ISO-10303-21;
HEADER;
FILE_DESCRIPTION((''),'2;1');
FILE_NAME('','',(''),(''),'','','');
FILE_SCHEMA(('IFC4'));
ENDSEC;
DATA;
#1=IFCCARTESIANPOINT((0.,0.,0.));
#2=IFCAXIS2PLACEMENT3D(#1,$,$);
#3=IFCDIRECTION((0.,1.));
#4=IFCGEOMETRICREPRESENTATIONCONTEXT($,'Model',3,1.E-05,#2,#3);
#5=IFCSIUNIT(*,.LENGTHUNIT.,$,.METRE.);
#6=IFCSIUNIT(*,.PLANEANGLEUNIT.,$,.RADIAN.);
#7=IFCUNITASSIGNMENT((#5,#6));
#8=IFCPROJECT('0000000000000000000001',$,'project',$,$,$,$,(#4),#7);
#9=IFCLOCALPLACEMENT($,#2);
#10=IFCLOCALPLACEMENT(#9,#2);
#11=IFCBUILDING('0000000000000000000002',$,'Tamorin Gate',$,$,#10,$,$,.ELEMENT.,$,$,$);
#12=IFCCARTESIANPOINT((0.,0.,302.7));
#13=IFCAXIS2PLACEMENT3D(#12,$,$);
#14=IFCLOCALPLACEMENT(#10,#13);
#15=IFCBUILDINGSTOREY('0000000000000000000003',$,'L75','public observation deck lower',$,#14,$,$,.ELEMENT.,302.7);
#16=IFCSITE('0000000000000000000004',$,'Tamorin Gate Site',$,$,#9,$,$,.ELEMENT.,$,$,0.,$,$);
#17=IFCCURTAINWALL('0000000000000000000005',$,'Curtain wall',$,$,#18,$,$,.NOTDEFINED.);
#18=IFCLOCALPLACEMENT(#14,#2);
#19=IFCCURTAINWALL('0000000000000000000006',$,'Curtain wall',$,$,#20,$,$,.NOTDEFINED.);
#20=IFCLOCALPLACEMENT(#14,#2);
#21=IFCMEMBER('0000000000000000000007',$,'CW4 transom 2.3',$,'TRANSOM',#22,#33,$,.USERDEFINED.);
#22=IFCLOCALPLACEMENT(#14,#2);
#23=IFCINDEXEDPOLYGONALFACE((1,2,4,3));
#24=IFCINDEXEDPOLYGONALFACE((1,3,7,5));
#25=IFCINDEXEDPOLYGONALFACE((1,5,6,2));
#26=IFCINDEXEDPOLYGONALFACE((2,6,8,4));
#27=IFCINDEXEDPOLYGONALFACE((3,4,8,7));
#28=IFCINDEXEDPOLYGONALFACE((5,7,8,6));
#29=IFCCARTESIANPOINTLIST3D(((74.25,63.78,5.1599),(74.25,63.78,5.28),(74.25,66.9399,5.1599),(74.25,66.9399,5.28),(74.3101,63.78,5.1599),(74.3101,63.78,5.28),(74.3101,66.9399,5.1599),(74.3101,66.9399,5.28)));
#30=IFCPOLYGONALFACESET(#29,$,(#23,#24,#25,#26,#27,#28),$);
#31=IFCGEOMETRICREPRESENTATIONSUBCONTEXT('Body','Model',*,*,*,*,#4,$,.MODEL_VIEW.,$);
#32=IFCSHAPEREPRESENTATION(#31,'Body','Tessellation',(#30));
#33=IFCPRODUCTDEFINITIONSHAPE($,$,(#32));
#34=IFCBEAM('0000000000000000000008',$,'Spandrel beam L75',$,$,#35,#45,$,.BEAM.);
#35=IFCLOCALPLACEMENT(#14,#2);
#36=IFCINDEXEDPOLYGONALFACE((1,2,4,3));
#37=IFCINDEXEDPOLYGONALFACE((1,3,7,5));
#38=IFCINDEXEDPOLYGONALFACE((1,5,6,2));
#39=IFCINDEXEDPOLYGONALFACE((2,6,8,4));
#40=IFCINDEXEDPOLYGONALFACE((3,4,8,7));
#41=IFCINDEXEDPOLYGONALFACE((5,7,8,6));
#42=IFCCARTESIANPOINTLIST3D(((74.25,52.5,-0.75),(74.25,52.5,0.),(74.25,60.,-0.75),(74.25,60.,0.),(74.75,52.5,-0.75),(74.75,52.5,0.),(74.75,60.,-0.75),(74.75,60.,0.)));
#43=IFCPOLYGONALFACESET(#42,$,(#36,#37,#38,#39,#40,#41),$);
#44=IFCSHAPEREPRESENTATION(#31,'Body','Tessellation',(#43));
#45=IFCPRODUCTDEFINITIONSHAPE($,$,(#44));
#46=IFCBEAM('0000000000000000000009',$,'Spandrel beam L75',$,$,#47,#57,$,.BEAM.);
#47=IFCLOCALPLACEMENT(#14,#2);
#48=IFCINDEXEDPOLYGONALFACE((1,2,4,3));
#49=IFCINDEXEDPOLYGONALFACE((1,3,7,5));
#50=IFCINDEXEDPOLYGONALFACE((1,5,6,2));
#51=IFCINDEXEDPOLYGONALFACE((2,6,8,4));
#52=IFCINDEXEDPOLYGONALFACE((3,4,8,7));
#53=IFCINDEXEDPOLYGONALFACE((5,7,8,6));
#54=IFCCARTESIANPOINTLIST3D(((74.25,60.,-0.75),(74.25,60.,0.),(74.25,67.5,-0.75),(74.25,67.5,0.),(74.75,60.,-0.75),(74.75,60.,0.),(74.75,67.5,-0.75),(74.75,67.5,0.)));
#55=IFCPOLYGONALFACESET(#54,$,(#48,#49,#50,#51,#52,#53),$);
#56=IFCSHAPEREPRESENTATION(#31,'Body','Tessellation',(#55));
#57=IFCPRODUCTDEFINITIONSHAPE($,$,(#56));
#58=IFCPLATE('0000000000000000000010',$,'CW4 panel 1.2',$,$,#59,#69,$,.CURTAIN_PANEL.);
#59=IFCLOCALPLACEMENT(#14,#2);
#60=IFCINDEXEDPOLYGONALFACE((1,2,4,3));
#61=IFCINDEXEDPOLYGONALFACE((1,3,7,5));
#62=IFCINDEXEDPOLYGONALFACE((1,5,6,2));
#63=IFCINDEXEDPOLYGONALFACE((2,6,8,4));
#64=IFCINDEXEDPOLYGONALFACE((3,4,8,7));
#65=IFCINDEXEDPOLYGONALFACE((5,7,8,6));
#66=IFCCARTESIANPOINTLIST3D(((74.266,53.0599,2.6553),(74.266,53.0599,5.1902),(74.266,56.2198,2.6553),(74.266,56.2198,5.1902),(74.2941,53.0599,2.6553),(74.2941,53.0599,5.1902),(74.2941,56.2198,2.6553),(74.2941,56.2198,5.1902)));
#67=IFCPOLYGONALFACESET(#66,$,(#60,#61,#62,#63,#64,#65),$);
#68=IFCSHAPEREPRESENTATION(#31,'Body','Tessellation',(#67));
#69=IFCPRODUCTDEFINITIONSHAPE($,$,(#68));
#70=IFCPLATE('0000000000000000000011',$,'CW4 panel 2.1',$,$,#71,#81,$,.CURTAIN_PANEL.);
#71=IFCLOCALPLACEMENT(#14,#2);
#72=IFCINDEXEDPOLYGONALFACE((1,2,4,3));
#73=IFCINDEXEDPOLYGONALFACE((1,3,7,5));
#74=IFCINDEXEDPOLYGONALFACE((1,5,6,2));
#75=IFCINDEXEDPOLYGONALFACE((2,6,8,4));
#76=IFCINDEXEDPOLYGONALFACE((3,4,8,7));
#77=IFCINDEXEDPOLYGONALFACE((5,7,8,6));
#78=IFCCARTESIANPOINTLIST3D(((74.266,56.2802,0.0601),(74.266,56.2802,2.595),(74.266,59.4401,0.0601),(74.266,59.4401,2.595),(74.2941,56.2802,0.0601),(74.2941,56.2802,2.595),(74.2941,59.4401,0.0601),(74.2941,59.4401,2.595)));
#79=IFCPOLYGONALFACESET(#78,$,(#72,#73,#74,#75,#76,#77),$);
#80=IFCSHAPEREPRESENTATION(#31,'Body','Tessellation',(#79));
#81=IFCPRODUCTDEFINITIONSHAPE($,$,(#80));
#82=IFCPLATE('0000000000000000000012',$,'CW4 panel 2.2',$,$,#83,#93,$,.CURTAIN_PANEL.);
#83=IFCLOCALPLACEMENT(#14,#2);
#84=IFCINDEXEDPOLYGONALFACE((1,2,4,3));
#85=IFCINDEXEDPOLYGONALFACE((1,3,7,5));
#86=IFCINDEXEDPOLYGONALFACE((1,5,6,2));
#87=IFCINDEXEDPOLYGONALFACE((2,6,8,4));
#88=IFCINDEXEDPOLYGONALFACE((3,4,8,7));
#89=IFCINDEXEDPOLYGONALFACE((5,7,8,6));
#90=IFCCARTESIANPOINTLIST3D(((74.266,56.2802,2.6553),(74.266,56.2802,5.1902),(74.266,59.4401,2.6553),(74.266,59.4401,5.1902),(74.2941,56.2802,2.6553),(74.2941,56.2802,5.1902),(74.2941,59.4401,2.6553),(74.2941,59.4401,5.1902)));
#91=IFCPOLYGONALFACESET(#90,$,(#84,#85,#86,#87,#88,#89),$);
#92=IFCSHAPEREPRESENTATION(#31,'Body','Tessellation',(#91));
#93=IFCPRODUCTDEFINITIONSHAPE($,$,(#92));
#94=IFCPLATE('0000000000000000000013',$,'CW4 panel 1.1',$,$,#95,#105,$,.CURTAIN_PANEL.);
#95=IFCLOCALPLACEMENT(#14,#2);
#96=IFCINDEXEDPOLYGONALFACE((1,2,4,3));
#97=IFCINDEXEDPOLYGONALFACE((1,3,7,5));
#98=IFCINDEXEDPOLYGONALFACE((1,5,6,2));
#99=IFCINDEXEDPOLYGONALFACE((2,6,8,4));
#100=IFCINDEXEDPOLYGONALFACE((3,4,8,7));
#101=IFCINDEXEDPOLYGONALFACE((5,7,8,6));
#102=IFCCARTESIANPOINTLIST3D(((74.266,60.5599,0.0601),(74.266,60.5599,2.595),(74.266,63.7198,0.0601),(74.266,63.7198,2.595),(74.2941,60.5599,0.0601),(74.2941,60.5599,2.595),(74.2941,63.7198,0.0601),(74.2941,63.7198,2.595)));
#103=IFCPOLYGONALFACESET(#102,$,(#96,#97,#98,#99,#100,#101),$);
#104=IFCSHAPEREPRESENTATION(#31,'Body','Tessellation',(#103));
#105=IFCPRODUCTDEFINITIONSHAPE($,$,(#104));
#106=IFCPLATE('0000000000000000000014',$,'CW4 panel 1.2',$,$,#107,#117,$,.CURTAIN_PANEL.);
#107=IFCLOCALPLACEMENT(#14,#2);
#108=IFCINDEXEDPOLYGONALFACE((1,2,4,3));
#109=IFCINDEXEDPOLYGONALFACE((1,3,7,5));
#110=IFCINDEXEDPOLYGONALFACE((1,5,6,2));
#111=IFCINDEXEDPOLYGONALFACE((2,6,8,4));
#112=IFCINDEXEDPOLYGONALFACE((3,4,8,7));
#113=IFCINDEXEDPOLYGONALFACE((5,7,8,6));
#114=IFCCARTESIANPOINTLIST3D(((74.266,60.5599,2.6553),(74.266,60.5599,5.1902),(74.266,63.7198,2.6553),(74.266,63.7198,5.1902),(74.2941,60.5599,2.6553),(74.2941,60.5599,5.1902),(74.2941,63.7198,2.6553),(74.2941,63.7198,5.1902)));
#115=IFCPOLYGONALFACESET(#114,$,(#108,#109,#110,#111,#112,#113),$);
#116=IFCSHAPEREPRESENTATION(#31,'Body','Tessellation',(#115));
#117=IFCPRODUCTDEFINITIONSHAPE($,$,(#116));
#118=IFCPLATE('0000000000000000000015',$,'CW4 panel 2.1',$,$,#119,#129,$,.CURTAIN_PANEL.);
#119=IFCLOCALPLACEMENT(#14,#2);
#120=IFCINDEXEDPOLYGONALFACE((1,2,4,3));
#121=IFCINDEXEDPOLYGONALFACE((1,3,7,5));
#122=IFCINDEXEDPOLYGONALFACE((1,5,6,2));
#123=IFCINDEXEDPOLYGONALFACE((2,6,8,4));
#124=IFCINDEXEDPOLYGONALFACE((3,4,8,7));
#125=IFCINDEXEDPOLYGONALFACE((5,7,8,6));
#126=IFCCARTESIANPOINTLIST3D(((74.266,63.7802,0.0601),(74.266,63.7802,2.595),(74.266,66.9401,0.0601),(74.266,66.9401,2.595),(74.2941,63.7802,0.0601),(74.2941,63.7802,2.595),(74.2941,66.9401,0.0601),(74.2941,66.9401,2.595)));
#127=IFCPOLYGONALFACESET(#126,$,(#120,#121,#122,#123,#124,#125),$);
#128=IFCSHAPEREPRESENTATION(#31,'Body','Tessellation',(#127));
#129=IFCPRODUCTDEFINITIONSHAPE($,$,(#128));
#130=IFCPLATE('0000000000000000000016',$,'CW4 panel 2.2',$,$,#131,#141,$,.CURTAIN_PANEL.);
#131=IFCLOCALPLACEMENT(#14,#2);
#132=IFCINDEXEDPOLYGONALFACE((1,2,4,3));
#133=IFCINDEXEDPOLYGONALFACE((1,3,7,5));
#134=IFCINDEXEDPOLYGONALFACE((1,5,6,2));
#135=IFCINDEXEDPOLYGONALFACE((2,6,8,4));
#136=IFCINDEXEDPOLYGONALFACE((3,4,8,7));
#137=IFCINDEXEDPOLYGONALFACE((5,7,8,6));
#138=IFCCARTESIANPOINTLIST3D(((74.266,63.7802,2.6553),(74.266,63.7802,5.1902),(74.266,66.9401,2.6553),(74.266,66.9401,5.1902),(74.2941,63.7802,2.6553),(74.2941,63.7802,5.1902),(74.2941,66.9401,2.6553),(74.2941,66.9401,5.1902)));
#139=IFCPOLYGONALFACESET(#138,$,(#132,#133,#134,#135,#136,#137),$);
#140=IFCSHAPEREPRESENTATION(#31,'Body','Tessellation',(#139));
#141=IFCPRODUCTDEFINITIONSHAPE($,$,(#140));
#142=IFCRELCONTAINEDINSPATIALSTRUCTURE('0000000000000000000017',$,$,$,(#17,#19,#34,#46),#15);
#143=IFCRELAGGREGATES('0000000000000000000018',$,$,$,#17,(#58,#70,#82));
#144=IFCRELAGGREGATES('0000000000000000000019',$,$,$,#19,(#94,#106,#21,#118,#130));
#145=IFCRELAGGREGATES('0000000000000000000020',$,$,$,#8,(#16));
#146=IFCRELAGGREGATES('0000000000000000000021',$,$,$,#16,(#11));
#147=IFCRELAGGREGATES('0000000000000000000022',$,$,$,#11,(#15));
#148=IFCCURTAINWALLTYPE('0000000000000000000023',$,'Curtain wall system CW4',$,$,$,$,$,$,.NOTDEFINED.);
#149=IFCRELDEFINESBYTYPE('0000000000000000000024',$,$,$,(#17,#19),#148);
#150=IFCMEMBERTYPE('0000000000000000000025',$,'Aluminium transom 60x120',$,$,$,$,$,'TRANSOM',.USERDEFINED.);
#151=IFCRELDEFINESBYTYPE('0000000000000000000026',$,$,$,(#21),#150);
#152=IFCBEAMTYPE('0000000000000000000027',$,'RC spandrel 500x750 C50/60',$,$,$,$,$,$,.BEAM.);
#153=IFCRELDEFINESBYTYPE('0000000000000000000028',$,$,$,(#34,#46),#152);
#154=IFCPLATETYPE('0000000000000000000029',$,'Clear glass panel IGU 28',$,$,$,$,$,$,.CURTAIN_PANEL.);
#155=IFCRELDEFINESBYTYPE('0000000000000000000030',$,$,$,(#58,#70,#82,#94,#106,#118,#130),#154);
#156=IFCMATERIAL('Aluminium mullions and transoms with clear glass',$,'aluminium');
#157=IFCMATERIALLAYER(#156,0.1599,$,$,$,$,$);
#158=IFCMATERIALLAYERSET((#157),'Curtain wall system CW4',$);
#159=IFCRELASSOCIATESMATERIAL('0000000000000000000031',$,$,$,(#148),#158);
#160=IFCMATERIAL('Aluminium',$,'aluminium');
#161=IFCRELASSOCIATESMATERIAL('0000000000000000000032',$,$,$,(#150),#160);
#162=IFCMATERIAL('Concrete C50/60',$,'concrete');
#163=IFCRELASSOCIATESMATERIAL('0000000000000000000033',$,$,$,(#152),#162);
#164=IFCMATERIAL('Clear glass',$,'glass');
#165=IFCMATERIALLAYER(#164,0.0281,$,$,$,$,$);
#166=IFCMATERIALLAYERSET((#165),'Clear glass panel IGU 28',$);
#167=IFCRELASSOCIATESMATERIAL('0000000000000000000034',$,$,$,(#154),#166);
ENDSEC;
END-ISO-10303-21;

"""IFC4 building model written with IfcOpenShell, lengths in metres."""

from ifc_helpers import new_model, si_unit, direction, frame, origin, origin_2d, place, context, subcontext, project, spatial, rectangle, extrude, material, layer, layer_set, material_profile, profile_set, type_object, element, aggregate, save


model = new_model("IFC4")

# Units and contexts
model_context = context("Model", 3, precision=1e-05, world=origin(), true_north=direction((0.0, 1.0)))
body_context = subcontext(model_context, "Body", "Model", "MODEL_VIEW")
ifc_project = project(units=[si_unit("LENGTHUNIT", "METRE"), si_unit("PLANEANGLEUNIT", "RADIAN")], contexts=[model_context])

# Site, building, storey
site_placement = place(None, origin())
site = spatial("IfcSite", under=ifc_project, at=site_placement, Name="Tamorin Gate Site", CompositionType="ELEMENT", RefElevation=0.0)
building_placement = place(site_placement, origin())
building = spatial("IfcBuilding", under=site, at=building_placement, Name="Tamorin Gate", CompositionType="ELEMENT")
storey_placement = place(building_placement, frame((0.0, 0.0, 302.7)))
storey = spatial("IfcBuildingStorey", under=building, at=storey_placement, Name="L75", Description="public observation deck lower", CompositionType="ELEMENT", Elevation=302.7)

# Shared definitions
ifc_material_1 = material(Name="Concrete C50/60", Category="concrete")

# Curtain walls
ifc_material_2 = material(Name="Aluminium mullions and transoms with clear glass", Category="aluminium")
ifc_layer_1 = layer(ifc_material_2, 0.1599)
ifc_layer_set_1 = layer_set([ifc_layer_1], Name="Curtain wall system CW4")
curtain_wall_type = type_object("IfcCurtainWallType", Name="Curtain wall system CW4", PredefinedType="NOTDEFINED", material=ifc_layer_set_1)
curtain_wall_1_placement = place(storey_placement, origin())
curtain_wall_1 = element("IfcCurtainWall", 1, at=curtain_wall_1_placement, inside=storey, type_object=curtain_wall_type, Name="Curtain wall", PredefinedType="NOTDEFINED")
ifc_material_3 = material(Name="Aluminium", Category="aluminium")
curtain_wall_2_placement = place(storey_placement, origin())
curtain_wall_2 = element("IfcCurtainWall", 2, at=curtain_wall_2_placement, inside=storey, type_object=curtain_wall_type, Name="Curtain wall", PredefinedType="NOTDEFINED")

# Member
ifc_material_profile_1 = material_profile(ifc_material_3, rectangle(XDim=0.0601, YDim=0.1201, at=origin_2d()), Name="RECT 60x120")
ifc_profile_set_1 = profile_set([ifc_material_profile_1], Name="Aluminium")
member_type_1 = type_object("IfcMemberType", Name="Aluminium transom 60x120", ElementType="TRANSOM", PredefinedType="USERDEFINED", material=ifc_profile_set_1)
member_1_placement = place(storey_placement, frame((74.28, 63.78, 5.22), z_axis=(0.0, 1.0, 0.0), x_axis=(-1.0, 0.0, 0.0)))
member_1 = element("IfcMember", 3, at=member_1_placement, type_object=member_type_1, Name="CW4 transom 2.3", ObjectType="TRANSOM", PredefinedType="USERDEFINED", context=body_context, shape_type="SweptSolid", body=[
    extrude(rectangle(XDim=0.0601, YDim=0.1201, at=origin_2d()), origin(), (0.0, 0.0, 1.0), 3.1599),
])

# Beams
ifc_material_profile_2 = material_profile(ifc_material_1, rectangle(XDim=0.5, YDim=0.75, at=origin_2d()), Name="RC 500x750")
ifc_profile_set_2 = profile_set([ifc_material_profile_2], Name="Concrete C50/60")
beam_type = type_object("IfcBeamType", Name="RC spandrel 500x750 C50/60", PredefinedType="BEAM", material=ifc_profile_set_2)
for number, where, z_axis, x_axis, name in (
    (4, (74.5, 52.5, -0.375), (0.0, 1.0, 0.0), (-1.0, 0.0, 0.0), "Spandrel beam L75"),
    (5, (74.5, 60.0, -0.375), (0.0, 1.0, 0.0), (-1.0, 0.0, 0.0), "Spandrel beam L75"),
):
    element("IfcBeam", number, at=place(storey_placement, frame(where, z_axis=z_axis, x_axis=x_axis)), inside=storey, type_object=beam_type, Name=name, PredefinedType="BEAM", context=body_context, shape_type="SweptSolid", body=[
        extrude(rectangle(XDim=0.5, YDim=0.75, at=origin_2d()), origin(), (0.0, 0.0, 1.0), 7.5),
    ])

# Plates
ifc_material_4 = material(Name="Clear glass", Category="glass")
ifc_layer_2 = layer(ifc_material_4, 0.0281)
ifc_layer_set_2 = layer_set([ifc_layer_2], Name="Clear glass panel IGU 28")
plate_type = type_object("IfcPlateType", Name="Clear glass panel IGU 28", PredefinedType="CURTAIN_PANEL", material=ifc_layer_set_2)
plate_1_placement = place(storey_placement, frame((74.28, 54.6399, 2.6553), z_axis=(0.0, 0.0, 1.0), x_axis=(0.0, 1.0, 0.0)))
plate_1 = element("IfcPlate", 6, at=plate_1_placement, type_object=plate_type, Name="CW4 panel 1.2", PredefinedType="CURTAIN_PANEL", context=body_context, shape_type="SweptSolid", body=[
    extrude(rectangle(XDim=3.1599, YDim=0.0281, at=origin_2d()), origin(), (0.0, 0.0, 1.0), 2.5349),
])
plate_2_placement = place(storey_placement, frame((74.28, 57.8601, 0.0601), z_axis=(0.0, 0.0, 1.0), x_axis=(0.0, 1.0, 0.0)))
plate_2 = element("IfcPlate", 7, at=plate_2_placement, type_object=plate_type, Name="CW4 panel 2.1", PredefinedType="CURTAIN_PANEL", context=body_context, shape_type="SweptSolid", body=[
    extrude(rectangle(XDim=3.1599, YDim=0.0281, at=origin_2d()), origin(), (0.0, 0.0, 1.0), 2.5349),
])
plate_3_placement = place(storey_placement, frame((74.28, 57.8601, 2.6553), z_axis=(0.0, 0.0, 1.0), x_axis=(0.0, 1.0, 0.0)))
plate_3 = element("IfcPlate", 8, at=plate_3_placement, type_object=plate_type, Name="CW4 panel 2.2", PredefinedType="CURTAIN_PANEL", context=body_context, shape_type="SweptSolid", body=[
    extrude(rectangle(XDim=3.1599, YDim=0.0281, at=origin_2d()), origin(), (0.0, 0.0, 1.0), 2.5349),
])
aggregate(curtain_wall_1, [plate_1, plate_2, plate_3])
plate_4_placement = place(storey_placement, frame((74.28, 62.1399, 0.0601), z_axis=(0.0, 0.0, 1.0), x_axis=(0.0, 1.0, 0.0)))
plate_4 = element("IfcPlate", 9, at=plate_4_placement, type_object=plate_type, Name="CW4 panel 1.1", PredefinedType="CURTAIN_PANEL", context=body_context, shape_type="SweptSolid", body=[
    extrude(rectangle(XDim=3.1599, YDim=0.0281, at=origin_2d()), origin(), (0.0, 0.0, 1.0), 2.5349),
])
plate_5_placement = place(storey_placement, frame((74.28, 62.1399, 2.6553), z_axis=(0.0, 0.0, 1.0), x_axis=(0.0, 1.0, 0.0)))
plate_5 = element("IfcPlate", 10, at=plate_5_placement, type_object=plate_type, Name="CW4 panel 1.2", PredefinedType="CURTAIN_PANEL", context=body_context, shape_type="SweptSolid", body=[
    extrude(rectangle(XDim=3.1599, YDim=0.0281, at=origin_2d()), origin(), (0.0, 0.0, 1.0), 2.5349),
])
plate_6_placement = place(storey_placement, frame((74.28, 65.3601, 0.0601), z_axis=(0.0, 0.0, 1.0), x_axis=(0.0, 1.0, 0.0)))
plate_6 = element("IfcPlate", 11, at=plate_6_placement, type_object=plate_type, Name="CW4 panel 2.1", PredefinedType="CURTAIN_PANEL", context=body_context, shape_type="SweptSolid", body=[
    extrude(rectangle(XDim=3.1599, YDim=0.0281, at=origin_2d()), origin(), (0.0, 0.0, 1.0), 2.5349),
])
plate_7_placement = place(storey_placement, frame((74.28, 65.3601, 2.6553), z_axis=(0.0, 0.0, 1.0), x_axis=(0.0, 1.0, 0.0)))
plate_7 = element("IfcPlate", 12, at=plate_7_placement, type_object=plate_type, Name="CW4 panel 2.2", PredefinedType="CURTAIN_PANEL", context=body_context, shape_type="SweptSolid", body=[
    extrude(rectangle(XDim=3.1599, YDim=0.0281, at=origin_2d()), origin(), (0.0, 0.0, 1.0), 2.5349),
])
aggregate(curtain_wall_2, [plate_4, plate_5, member_1, plate_6, plate_7])

save(model, "model.ifc")
